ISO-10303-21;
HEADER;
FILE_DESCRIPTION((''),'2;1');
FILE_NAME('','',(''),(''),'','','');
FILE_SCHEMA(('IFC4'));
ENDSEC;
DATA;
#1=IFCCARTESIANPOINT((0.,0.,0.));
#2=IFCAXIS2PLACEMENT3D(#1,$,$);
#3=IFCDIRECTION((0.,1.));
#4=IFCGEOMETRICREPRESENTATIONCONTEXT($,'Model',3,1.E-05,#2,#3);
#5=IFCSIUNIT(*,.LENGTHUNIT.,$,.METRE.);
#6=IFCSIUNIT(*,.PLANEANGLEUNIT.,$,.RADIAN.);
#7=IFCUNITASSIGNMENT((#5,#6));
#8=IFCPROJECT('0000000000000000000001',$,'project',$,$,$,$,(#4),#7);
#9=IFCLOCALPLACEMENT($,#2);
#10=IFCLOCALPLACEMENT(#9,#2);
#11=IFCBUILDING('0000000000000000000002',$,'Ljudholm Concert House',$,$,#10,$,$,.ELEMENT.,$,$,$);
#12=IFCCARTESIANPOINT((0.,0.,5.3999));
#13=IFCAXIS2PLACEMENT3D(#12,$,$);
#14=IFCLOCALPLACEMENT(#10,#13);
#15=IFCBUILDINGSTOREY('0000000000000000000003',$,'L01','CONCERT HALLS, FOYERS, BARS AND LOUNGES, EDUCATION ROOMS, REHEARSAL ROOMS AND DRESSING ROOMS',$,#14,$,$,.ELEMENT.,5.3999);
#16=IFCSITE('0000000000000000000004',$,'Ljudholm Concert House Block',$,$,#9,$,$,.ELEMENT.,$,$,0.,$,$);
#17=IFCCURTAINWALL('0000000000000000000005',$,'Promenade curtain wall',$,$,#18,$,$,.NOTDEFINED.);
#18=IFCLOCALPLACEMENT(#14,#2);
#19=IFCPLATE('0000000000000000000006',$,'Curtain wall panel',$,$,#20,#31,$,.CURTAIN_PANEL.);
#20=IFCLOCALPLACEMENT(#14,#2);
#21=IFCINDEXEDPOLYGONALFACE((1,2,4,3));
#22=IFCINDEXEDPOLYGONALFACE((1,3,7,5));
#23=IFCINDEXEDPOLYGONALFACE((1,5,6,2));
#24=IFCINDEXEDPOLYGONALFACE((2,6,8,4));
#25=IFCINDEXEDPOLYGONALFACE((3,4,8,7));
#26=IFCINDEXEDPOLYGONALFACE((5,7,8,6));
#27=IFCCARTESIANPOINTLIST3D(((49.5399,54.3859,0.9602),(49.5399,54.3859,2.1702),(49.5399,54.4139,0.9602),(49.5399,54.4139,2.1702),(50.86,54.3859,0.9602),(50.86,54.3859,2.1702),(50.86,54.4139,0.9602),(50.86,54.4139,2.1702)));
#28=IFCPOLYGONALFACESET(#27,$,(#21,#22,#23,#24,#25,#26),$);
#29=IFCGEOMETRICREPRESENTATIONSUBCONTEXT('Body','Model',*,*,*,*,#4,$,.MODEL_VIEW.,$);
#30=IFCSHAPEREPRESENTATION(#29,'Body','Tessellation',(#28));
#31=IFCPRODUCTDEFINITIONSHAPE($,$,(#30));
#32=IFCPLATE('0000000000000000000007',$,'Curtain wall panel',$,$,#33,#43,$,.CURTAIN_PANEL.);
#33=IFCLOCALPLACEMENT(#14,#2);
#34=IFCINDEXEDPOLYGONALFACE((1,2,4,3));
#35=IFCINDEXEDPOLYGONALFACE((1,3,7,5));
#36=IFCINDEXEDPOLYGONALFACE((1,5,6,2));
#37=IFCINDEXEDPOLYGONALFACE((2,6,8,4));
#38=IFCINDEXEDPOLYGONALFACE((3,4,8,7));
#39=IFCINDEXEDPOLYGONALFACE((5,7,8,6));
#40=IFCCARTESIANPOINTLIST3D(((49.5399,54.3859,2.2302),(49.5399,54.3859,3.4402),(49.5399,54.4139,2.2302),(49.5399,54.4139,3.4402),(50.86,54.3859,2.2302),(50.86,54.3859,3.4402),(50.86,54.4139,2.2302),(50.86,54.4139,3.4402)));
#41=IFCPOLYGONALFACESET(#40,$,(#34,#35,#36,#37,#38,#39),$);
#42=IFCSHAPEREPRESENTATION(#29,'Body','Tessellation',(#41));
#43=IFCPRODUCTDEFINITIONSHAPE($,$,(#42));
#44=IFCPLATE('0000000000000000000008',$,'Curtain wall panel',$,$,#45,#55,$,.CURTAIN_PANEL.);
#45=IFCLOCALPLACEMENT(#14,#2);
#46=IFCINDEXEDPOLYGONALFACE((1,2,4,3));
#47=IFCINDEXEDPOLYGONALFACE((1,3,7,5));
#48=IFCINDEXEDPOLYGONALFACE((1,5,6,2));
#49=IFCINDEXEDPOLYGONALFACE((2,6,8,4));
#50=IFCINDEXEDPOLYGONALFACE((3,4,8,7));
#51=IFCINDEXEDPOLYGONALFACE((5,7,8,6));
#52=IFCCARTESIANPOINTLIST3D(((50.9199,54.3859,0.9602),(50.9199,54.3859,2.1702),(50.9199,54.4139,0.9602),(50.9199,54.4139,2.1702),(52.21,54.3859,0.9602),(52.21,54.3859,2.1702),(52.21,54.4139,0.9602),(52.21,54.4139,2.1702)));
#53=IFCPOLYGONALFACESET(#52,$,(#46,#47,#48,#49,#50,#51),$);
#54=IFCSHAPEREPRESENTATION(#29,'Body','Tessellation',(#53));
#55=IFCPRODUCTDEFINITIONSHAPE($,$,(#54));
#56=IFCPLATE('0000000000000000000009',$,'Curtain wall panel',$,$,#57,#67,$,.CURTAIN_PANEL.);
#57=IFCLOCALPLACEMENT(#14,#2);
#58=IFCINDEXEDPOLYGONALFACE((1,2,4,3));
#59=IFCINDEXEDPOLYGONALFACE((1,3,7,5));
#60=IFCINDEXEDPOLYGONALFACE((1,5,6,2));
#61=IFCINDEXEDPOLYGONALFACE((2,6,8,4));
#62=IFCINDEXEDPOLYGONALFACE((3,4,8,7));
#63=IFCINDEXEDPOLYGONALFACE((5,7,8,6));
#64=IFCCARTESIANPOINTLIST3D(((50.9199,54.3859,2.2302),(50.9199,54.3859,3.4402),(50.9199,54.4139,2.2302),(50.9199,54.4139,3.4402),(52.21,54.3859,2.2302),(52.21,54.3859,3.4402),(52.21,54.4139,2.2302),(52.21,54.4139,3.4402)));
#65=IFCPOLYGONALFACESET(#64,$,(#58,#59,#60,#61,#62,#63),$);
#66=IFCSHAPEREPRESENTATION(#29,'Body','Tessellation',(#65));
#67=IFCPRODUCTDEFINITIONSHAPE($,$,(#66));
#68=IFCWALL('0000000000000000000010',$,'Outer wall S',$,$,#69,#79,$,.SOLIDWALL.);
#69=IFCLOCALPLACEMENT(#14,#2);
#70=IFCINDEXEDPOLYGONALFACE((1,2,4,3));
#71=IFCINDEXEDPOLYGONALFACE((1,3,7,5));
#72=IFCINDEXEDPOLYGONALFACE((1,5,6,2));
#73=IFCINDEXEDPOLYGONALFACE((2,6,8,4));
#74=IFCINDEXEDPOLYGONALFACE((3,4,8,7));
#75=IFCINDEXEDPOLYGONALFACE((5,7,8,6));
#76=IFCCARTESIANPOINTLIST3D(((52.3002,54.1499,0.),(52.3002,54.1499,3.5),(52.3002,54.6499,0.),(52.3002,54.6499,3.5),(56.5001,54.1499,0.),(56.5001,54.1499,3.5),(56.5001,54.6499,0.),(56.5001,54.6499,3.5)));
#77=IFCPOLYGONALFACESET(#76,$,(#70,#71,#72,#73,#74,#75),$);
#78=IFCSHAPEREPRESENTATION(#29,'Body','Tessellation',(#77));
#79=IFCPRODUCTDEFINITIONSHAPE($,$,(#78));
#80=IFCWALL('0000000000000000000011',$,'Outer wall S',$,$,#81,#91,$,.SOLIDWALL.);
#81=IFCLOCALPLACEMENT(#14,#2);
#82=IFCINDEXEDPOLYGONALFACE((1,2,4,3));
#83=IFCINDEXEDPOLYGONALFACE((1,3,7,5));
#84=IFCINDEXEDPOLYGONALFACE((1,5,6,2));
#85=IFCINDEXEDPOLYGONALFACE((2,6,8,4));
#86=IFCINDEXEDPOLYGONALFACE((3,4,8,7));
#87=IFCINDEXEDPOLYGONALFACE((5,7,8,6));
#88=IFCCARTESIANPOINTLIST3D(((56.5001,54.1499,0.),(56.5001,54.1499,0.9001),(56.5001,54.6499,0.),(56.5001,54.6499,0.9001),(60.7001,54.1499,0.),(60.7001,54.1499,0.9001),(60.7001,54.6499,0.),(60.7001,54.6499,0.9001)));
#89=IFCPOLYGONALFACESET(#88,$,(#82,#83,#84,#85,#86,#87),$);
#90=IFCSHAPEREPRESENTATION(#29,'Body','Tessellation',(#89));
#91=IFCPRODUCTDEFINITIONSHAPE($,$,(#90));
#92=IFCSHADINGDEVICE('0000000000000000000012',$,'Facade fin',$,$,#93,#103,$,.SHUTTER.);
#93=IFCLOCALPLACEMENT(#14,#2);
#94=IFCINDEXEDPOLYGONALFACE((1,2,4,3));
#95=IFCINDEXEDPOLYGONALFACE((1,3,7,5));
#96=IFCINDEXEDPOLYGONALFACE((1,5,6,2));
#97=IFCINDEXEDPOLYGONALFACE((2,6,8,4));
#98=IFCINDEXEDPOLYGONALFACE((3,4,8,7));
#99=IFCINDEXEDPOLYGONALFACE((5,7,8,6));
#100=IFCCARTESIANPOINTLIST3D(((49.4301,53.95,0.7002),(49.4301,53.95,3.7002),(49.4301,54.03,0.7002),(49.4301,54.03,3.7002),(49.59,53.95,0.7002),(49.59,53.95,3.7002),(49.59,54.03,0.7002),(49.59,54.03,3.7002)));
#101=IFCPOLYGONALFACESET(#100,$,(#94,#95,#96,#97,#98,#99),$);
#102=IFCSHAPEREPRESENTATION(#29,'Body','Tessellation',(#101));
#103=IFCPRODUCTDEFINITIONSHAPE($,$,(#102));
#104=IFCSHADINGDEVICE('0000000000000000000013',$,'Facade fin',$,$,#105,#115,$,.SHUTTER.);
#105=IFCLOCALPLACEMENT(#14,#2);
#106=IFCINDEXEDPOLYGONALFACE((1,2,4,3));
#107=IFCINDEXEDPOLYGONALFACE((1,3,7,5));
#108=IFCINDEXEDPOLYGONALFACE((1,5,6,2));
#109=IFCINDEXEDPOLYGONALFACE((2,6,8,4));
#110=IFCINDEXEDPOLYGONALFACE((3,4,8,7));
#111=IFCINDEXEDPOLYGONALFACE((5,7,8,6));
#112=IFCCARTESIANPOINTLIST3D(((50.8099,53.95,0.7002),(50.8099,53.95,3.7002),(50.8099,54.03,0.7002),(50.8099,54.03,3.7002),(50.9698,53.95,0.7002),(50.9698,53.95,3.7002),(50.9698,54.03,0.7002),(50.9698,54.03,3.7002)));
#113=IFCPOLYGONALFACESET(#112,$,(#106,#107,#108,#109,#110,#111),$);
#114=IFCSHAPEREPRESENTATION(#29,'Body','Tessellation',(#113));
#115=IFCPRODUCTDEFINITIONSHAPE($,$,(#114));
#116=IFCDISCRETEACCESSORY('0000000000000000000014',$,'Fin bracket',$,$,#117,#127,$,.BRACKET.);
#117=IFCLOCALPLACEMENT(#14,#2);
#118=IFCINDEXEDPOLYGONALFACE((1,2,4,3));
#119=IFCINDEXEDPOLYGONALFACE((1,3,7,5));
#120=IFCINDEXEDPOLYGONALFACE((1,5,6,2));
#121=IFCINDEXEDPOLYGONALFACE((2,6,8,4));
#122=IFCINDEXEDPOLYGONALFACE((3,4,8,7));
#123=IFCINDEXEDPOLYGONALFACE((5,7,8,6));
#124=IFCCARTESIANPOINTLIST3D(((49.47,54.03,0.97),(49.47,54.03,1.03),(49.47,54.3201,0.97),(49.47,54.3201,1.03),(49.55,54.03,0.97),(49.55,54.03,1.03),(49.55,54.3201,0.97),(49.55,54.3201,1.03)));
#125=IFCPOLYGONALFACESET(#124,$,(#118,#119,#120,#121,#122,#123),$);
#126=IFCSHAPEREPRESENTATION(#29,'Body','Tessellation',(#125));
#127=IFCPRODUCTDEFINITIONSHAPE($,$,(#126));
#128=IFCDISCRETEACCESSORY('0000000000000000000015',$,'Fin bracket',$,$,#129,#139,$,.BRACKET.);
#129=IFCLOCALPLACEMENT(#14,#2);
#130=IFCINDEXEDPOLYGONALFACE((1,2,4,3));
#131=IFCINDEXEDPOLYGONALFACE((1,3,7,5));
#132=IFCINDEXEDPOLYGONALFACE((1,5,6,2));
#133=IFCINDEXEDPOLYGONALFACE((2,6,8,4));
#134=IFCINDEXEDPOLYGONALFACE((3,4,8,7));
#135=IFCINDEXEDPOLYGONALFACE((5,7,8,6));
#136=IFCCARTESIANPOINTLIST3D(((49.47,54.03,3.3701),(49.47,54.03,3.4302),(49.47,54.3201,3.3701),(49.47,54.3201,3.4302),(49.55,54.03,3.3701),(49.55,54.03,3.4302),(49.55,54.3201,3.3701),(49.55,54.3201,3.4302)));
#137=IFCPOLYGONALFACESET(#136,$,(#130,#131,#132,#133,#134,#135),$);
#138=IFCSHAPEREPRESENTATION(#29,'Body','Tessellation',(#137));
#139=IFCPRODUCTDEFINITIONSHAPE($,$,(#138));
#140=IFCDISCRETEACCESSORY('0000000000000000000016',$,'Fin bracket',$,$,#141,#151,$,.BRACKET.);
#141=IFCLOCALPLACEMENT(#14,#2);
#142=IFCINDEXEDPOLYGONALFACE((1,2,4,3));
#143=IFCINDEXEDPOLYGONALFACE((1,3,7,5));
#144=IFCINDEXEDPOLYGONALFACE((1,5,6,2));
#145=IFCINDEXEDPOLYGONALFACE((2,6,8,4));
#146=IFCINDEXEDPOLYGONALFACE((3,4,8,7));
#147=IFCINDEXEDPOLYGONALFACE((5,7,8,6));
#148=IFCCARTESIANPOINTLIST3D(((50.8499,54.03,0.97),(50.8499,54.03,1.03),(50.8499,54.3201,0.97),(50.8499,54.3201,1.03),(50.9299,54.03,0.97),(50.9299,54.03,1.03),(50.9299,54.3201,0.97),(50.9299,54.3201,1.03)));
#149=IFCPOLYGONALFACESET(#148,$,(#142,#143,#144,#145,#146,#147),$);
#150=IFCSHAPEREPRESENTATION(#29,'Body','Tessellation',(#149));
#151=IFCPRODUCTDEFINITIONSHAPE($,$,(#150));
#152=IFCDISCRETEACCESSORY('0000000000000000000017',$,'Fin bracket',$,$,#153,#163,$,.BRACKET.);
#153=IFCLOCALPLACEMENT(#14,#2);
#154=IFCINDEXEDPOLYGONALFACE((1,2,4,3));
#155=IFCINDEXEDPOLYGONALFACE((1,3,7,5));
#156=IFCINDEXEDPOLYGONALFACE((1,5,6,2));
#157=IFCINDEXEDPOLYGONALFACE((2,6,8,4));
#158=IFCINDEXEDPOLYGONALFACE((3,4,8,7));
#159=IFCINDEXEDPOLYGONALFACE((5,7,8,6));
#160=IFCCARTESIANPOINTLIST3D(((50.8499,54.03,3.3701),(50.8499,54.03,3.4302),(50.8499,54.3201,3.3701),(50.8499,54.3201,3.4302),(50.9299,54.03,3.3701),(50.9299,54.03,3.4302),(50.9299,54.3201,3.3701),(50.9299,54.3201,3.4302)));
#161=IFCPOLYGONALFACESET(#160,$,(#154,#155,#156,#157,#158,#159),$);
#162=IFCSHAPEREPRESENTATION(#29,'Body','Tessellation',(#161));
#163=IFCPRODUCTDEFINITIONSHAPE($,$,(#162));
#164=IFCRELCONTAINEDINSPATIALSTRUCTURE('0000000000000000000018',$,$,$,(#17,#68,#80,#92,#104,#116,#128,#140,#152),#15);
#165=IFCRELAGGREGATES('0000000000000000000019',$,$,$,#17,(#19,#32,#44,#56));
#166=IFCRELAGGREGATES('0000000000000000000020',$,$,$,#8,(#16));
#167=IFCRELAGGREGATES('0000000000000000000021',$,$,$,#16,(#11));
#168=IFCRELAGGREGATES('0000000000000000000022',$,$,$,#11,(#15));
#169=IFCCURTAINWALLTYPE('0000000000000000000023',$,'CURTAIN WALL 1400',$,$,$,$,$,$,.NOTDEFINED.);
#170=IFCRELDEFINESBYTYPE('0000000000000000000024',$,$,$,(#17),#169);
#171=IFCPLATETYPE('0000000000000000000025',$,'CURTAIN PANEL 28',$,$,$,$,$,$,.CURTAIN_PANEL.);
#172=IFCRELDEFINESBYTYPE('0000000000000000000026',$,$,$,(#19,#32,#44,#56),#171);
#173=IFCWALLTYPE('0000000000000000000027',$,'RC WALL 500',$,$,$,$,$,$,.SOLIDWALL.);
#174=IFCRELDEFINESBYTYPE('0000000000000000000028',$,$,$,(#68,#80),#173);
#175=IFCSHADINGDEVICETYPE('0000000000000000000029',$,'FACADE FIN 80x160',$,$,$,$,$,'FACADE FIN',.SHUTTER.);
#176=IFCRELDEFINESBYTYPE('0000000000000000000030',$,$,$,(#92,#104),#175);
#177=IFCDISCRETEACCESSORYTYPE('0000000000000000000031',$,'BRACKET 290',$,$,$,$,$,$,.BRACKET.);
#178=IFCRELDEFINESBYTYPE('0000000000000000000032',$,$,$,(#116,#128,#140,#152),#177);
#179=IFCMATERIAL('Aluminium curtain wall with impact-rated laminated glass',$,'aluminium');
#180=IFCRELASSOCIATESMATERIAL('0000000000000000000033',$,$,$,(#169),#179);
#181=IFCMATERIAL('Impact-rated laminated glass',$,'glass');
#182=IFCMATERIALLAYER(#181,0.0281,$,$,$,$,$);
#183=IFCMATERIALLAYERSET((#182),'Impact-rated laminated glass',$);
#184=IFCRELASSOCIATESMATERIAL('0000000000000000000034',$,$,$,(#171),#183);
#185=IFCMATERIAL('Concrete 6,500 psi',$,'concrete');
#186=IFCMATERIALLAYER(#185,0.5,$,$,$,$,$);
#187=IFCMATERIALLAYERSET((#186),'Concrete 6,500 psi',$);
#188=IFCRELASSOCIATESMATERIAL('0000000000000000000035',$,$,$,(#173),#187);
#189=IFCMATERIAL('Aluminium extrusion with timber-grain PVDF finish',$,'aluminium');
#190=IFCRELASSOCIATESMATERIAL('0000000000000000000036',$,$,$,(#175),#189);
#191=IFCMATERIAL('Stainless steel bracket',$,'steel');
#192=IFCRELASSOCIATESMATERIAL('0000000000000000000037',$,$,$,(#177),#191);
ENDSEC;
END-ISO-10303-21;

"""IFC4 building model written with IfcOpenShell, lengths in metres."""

from ifc_helpers import new_model, si_unit, direction, frame, frame_2d, origin, origin_2d, place, context, subcontext, project, spatial, rectangle, extrude, material, layer, layer_set, type_object, element, aggregate, save


model = new_model("IFC4")

# Units and contexts
model_context = context("Model", 3, precision=1e-05, world=origin(), true_north=direction((0.0, 1.0)))
body_context = subcontext(model_context, "Body", "Model", "MODEL_VIEW")
ifc_project = project(units=[si_unit("LENGTHUNIT", "METRE"), si_unit("PLANEANGLEUNIT", "RADIAN")], contexts=[model_context])

# Site, building, storey
site_placement = place(None, origin())
site = spatial("IfcSite", under=ifc_project, at=site_placement, Name="Ljudholm Concert House Block", CompositionType="ELEMENT", RefElevation=0.0)
building_placement = place(site_placement, origin())
building = spatial("IfcBuilding", under=site, at=building_placement, Name="Ljudholm Concert House", CompositionType="ELEMENT")
storey_placement = place(building_placement, frame((0.0, 0.0, 5.3999)))
storey = spatial("IfcBuildingStorey", under=building, at=storey_placement, Name="L01", Description="CONCERT HALLS, FOYERS, BARS AND LOUNGES, EDUCATION ROOMS, REHEARSAL ROOMS AND DRESSING ROOMS", CompositionType="ELEMENT", Elevation=5.3999)

# Curtain wall
ifc_material_1 = material(Name="Aluminium curtain wall with impact-rated laminated glass", Category="aluminium")
curtain_wall_type = type_object("IfcCurtainWallType", Name="CURTAIN WALL 1400", PredefinedType="NOTDEFINED", material=ifc_material_1)
curtain_wall_1_placement = place(storey_placement, origin())
curtain_wall_1 = element("IfcCurtainWall", 1, at=curtain_wall_1_placement, inside=storey, type_object=curtain_wall_type, Name="Promenade curtain wall", PredefinedType="NOTDEFINED")

# Plates
ifc_material_2 = material(Name="Impact-rated laminated glass", Category="glass")
ifc_layer_1 = layer(ifc_material_2, 0.0281)
ifc_layer_set_1 = layer_set([ifc_layer_1], Name="Impact-rated laminated glass")
plate_type = type_object("IfcPlateType", Name="CURTAIN PANEL 28", PredefinedType="CURTAIN_PANEL", material=ifc_layer_set_1)
plate_1_placement = place(storey_placement, frame((50.2, 54.3999, 0.9602), z_axis=(0.0, 0.0, 1.0), x_axis=(1.0, 0.0, 0.0)))
plate_1 = element("IfcPlate", 2, at=plate_1_placement, type_object=plate_type, Name="Curtain wall panel", PredefinedType="CURTAIN_PANEL", context=body_context, shape_type="SweptSolid", body=[
    extrude(rectangle(XDim=1.3201, YDim=0.0281, at=origin_2d()), origin(), (0.0, 0.0, 1.0), 1.21),
])
plate_2_placement = place(storey_placement, frame((50.2, 54.3999, 2.2302), z_axis=(0.0, 0.0, 1.0), x_axis=(1.0, 0.0, 0.0)))
plate_2 = element("IfcPlate", 3, at=plate_2_placement, type_object=plate_type, Name="Curtain wall panel", PredefinedType="CURTAIN_PANEL", context=body_context, shape_type="SweptSolid", body=[
    extrude(rectangle(XDim=1.3201, YDim=0.0281, at=origin_2d()), origin(), (0.0, 0.0, 1.0), 1.21),
])
plate_3_placement = place(storey_placement, frame((51.5649, 54.3999, 0.9602), z_axis=(0.0, 0.0, 1.0), x_axis=(1.0, 0.0, 0.0)))
plate_3 = element("IfcPlate", 4, at=plate_3_placement, type_object=plate_type, Name="Curtain wall panel", PredefinedType="CURTAIN_PANEL", context=body_context, shape_type="SweptSolid", body=[
    extrude(rectangle(XDim=1.29, YDim=0.0281, at=origin_2d()), origin(), (0.0, 0.0, 1.0), 1.21),
])
plate_4_placement = place(storey_placement, frame((51.5649, 54.3999, 2.2302), z_axis=(0.0, 0.0, 1.0), x_axis=(1.0, 0.0, 0.0)))
plate_4 = element("IfcPlate", 5, at=plate_4_placement, type_object=plate_type, Name="Curtain wall panel", PredefinedType="CURTAIN_PANEL", context=body_context, shape_type="SweptSolid", body=[
    extrude(rectangle(XDim=1.29, YDim=0.0281, at=origin_2d()), origin(), (0.0, 0.0, 1.0), 1.21),
])
aggregate(curtain_wall_1, [plate_1, plate_2, plate_3, plate_4])

# Walls
ifc_material_3 = material(Name="Concrete 6,500 psi", Category="concrete")
ifc_layer_2 = layer(ifc_material_3, 0.5)
ifc_layer_set_2 = layer_set([ifc_layer_2], Name="Concrete 6,500 psi")
wall_type = type_object("IfcWallType", Name="RC WALL 500", PredefinedType="SOLIDWALL", material=ifc_layer_set_2)
wall_1_placement = place(storey_placement, frame((52.3, 54.3999, 0.0), z_axis=(0.0, 0.0, 1.0), x_axis=(1.0, 0.0, 0.0)))
element("IfcWall", 6, at=wall_1_placement, inside=storey, type_object=wall_type, Name="Outer wall S", PredefinedType="SOLIDWALL", context=body_context, shape_type="SweptSolid", body=[
    extrude(rectangle(XDim=4.2, YDim=0.5, at=frame_2d((2.1001, 0.0))), origin(), (0.0, 0.0, 1.0), 3.5),
])
wall_2_placement = place(storey_placement, frame((56.5, 54.3999, 0.0), z_axis=(0.0, 0.0, 1.0), x_axis=(1.0, 0.0, 0.0)))
element("IfcWall", 7, at=wall_2_placement, inside=storey, type_object=wall_type, Name="Outer wall S", PredefinedType="SOLIDWALL", context=body_context, shape_type="SweptSolid", body=[
    extrude(rectangle(XDim=4.2, YDim=0.5, at=frame_2d((2.1001, 0.0))), origin(), (0.0, 0.0, 1.0), 0.9001),
])

# Shading devices
ifc_material_4 = material(Name="Aluminium extrusion with timber-grain PVDF finish", Category="aluminium")
shading_device_type = type_object("IfcShadingDeviceType", Name="FACADE FIN 80x160", ElementType="FACADE FIN", PredefinedType="SHUTTER", material=ifc_material_4)
for number, where, z_axis, x_axis, name in (
    (8, (49.51, 53.99, 0.7002), (0.0, 0.0, 1.0), (0.0, -1.0, 0.0), "Facade fin"),
    (9, (50.8899, 53.99, 0.7002), (0.0, 0.0, 1.0), (0.0, -1.0, 0.0), "Facade fin"),
):
    element("IfcShadingDevice", number, at=place(storey_placement, frame(where, z_axis=z_axis, x_axis=x_axis)), inside=storey, type_object=shading_device_type, Name=name, PredefinedType="SHUTTER", context=body_context, shape_type="SweptSolid", body=[
        extrude(rectangle(XDim=0.0801, YDim=0.1599, at=origin_2d()), origin(), (0.0, 0.0, 1.0), 3.0),
    ])

# Discrete accessories
ifc_material_5 = material(Name="Stainless steel bracket", Category="steel")
discrete_accessory_type = type_object("IfcDiscreteAccessoryType", Name="BRACKET 290", PredefinedType="BRACKET", material=ifc_material_5)
for number, where, z_axis, x_axis, name in (
    (10, (49.51, 54.175, 0.97), (0.0, 0.0, 1.0), (0.0, -1.0, 0.0), "Fin bracket"),
    (11, (49.51, 54.175, 3.3701), (0.0, 0.0, 1.0), (0.0, -1.0, 0.0), "Fin bracket"),
    (12, (50.8899, 54.175, 0.97), (0.0, 0.0, 1.0), (0.0, -1.0, 0.0), "Fin bracket"),
    (13, (50.8899, 54.175, 3.3701), (0.0, 0.0, 1.0), (0.0, -1.0, 0.0), "Fin bracket"),
):
    element("IfcDiscreteAccessory", number, at=place(storey_placement, frame(where, z_axis=z_axis, x_axis=x_axis)), inside=storey, type_object=discrete_accessory_type, Name=name, PredefinedType="BRACKET", context=body_context, shape_type="SweptSolid", body=[
        extrude(rectangle(XDim=0.29, YDim=0.0801, at=origin_2d()), origin(), (0.0, 0.0, 1.0), 0.0601),
    ])

save(model, "model.ifc")
